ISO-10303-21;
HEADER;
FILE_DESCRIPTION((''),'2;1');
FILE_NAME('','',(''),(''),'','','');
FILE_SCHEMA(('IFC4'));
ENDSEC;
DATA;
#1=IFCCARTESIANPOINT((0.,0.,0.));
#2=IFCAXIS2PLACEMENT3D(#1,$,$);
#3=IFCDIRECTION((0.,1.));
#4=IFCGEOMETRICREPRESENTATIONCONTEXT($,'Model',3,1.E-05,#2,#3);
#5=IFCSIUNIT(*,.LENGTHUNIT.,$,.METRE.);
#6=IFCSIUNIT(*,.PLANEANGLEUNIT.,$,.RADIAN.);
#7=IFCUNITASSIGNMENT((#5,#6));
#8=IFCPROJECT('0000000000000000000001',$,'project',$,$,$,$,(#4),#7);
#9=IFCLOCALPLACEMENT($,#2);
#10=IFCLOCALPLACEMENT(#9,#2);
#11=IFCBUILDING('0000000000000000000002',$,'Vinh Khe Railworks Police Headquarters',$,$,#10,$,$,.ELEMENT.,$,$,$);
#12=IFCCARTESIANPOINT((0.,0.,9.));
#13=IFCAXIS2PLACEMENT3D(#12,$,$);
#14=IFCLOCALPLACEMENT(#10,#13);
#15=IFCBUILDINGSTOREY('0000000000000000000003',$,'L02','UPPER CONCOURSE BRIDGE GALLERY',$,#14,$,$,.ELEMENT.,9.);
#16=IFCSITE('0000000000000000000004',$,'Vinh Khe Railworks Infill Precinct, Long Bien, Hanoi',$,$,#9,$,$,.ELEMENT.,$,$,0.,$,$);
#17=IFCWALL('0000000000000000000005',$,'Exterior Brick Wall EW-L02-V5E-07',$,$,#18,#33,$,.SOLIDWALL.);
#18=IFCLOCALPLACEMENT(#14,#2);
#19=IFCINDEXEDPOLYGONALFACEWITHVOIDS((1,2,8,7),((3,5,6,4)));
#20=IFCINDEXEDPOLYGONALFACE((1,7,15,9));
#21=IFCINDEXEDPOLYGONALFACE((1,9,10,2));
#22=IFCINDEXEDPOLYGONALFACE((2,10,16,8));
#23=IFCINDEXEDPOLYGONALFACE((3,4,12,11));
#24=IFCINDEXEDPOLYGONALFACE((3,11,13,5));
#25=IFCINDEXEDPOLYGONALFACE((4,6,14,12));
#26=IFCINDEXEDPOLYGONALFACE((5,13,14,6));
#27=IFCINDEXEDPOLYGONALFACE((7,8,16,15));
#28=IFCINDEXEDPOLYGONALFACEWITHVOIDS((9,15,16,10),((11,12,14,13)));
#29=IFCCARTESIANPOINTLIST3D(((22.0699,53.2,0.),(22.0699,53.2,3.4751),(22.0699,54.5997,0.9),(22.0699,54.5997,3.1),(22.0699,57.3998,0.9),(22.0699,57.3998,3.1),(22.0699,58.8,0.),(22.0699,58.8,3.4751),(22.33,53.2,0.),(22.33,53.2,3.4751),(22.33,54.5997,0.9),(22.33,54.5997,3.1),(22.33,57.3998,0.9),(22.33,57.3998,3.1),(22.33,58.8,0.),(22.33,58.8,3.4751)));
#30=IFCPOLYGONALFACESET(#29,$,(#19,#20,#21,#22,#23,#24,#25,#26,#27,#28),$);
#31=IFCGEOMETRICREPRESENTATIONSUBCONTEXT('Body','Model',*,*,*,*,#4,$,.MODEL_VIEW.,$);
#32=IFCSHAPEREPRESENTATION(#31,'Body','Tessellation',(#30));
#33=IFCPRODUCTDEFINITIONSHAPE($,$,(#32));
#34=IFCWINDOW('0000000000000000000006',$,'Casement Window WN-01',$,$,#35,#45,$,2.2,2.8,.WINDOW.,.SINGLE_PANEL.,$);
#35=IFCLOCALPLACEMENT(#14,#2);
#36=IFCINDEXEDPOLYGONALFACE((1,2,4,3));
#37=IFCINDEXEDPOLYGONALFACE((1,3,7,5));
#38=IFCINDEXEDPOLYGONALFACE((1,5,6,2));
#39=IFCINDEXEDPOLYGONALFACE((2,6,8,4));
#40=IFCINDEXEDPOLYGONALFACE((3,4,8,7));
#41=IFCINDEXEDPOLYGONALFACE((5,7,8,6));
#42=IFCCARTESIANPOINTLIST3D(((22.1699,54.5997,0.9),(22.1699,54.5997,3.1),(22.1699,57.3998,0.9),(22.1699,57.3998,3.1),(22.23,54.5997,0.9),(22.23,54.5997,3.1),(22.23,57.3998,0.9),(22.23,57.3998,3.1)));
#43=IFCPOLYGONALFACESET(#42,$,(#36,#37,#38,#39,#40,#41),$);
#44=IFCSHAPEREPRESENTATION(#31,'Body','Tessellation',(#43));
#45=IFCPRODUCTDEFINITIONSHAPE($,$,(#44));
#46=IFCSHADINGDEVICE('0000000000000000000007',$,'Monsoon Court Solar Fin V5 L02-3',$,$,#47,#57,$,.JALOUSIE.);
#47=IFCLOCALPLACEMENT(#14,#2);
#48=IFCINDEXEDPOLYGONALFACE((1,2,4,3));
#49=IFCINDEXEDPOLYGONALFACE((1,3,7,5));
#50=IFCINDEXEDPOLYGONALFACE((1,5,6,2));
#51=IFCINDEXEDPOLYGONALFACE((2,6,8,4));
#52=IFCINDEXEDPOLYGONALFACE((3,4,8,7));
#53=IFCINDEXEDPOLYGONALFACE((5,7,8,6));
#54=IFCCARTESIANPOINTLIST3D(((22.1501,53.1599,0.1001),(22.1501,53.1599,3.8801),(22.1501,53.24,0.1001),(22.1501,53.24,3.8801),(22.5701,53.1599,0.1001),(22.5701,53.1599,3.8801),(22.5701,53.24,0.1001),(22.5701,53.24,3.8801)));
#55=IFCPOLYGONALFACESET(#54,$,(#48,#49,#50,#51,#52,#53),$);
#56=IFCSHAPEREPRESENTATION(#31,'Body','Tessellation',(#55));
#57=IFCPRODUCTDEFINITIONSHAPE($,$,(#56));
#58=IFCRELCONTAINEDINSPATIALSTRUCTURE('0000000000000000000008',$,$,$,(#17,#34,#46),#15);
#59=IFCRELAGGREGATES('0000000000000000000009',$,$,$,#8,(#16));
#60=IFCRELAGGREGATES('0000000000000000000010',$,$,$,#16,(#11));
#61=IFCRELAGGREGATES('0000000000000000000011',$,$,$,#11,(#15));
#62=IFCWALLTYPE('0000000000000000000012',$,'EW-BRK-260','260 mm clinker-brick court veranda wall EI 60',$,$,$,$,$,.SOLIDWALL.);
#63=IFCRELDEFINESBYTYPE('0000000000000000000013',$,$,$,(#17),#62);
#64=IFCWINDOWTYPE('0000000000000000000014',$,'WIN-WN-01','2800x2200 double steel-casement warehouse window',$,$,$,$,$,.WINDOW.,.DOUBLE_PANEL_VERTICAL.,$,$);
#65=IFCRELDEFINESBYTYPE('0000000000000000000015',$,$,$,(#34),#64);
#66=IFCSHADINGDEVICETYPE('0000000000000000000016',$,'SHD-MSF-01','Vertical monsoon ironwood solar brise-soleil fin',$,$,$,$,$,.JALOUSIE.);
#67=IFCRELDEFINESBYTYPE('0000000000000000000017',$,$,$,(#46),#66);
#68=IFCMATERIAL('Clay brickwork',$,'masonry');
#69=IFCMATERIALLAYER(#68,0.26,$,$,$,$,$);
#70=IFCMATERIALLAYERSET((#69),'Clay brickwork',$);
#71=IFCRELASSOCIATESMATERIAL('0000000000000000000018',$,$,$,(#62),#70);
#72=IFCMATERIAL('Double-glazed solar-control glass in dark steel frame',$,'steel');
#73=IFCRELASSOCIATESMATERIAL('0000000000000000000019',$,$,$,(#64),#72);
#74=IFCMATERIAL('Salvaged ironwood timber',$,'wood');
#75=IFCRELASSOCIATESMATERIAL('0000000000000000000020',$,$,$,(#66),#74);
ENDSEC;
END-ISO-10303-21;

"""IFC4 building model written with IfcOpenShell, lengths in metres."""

from ifc_helpers import new_model, si_unit, direction, frame, frame_2d, origin, origin_2d, place, context, subcontext, project, spatial, rectangle, extrude, material, layer, layer_set, type_object, element, fill, save


model = new_model("IFC4")

# Units and contexts
model_context = context("Model", 3, precision=1e-05, world=origin(), true_north=direction((0.0, 1.0)))
body_context = subcontext(model_context, "Body", "Model", "MODEL_VIEW")
ifc_project = project(units=[si_unit("LENGTHUNIT", "METRE"), si_unit("PLANEANGLEUNIT", "RADIAN")], contexts=[model_context])

# Site, building, storey
site_placement = place(None, origin())
site = spatial("IfcSite", under=ifc_project, at=site_placement, Name="Vinh Khe Railworks Infill Precinct, Long Bien, Hanoi", CompositionType="ELEMENT", RefElevation=0.0)
building_placement = place(site_placement, origin())
building = spatial("IfcBuilding", under=site, at=building_placement, Name="Vinh Khe Railworks Police Headquarters", CompositionType="ELEMENT")
storey_placement = place(building_placement, frame((0.0, 0.0, 9.0)))
storey = spatial("IfcBuildingStorey", under=building, at=storey_placement, Name="L02", Description="UPPER CONCOURSE BRIDGE GALLERY", CompositionType="ELEMENT", Elevation=9.0)

# Wall, opening, window
ifc_material_1 = material(Name="Clay brickwork", Category="masonry")
ifc_layer = layer(ifc_material_1, 0.26)
ifc_layer_set = layer_set([ifc_layer], Name="Clay brickwork")
wall_type = type_object("IfcWallType", Name="EW-BRK-260", Description="260 mm clinker-brick court veranda wall EI 60", PredefinedType="SOLIDWALL", material=ifc_layer_set)
ifc_material_2 = material(Name="Double-glazed solar-control glass in dark steel frame", Category="steel")
window_type = type_object("IfcWindowType", Name="WIN-WN-01", Description="2800x2200 double steel-casement warehouse window", PartitioningType="DOUBLE_PANEL_VERTICAL", PredefinedType="WINDOW", material=ifc_material_2)
wall_1_placement = place(storey_placement, frame((22.2, 53.2, 0.0), z_axis=(0.0, 0.0, 1.0), x_axis=(0.0, 1.0, 0.0)))
wall_1 = element("IfcWall", 1, at=wall_1_placement, inside=storey, type_object=wall_type, Name="Exterior Brick Wall EW-L02-V5E-07", PredefinedType="SOLIDWALL", context=body_context, shape_type="SweptSolid", body=[
    extrude(rectangle(XDim=5.6001, YDim=0.26, at=frame_2d((2.8, 0.0))), origin(), (0.0, 0.0, 1.0), 3.4751),
])
opening_1_placement = place(wall_1_placement, frame((1.3999, 0.0, 0.8999)))
opening_1 = element("IfcOpeningElement", 2, at=opening_1_placement, cuts=wall_1, PredefinedType="OPENING", context=body_context, shape_type="SweptSolid", body=[
    extrude(rectangle(XDim=2.8, YDim=2.2, at=frame_2d((1.3999, 1.1001))), frame((0.0, 0.145, 0.0), z_axis=(0.0, -1.0, 0.0), x_axis=(1.0, 0.0, 0.0)), (0.0, 0.0, 1.0), 0.2898),
])
window_1_placement = place(opening_1_placement, origin())
window_1 = element("IfcWindow", 3, at=window_1_placement, inside=storey, type_object=window_type, Name="Casement Window WN-01", OverallHeight=2.2, OverallWidth=2.8, PartitioningType="SINGLE_PANEL", PredefinedType="WINDOW", context=body_context, shape_type="SweptSolid", body=[
    extrude(rectangle(XDim=2.8, YDim=2.2, at=frame_2d((1.3999, 1.1001))), frame((0.0, 0.03, 0.0), z_axis=(0.0, -1.0, 0.0), x_axis=(1.0, 0.0, 0.0)), (0.0, 0.0, 1.0), 0.0601),
])
fill(opening_1, window_1)

# Shading device
ifc_material_3 = material(Name="Salvaged ironwood timber", Category="wood")
shading_device_type = type_object("IfcShadingDeviceType", Name="SHD-MSF-01", Description="Vertical monsoon ironwood solar brise-soleil fin", PredefinedType="JALOUSIE", material=ifc_material_3)
shading_device_placement = place(storey_placement, frame((22.3601, 53.2, 0.1001), z_axis=(0.0, 0.0, 1.0), x_axis=(1.0, 0.0, 0.0)))
element("IfcShadingDevice", 4, at=shading_device_placement, inside=storey, type_object=shading_device_type, Name="Monsoon Court Solar Fin V5 L02-3", PredefinedType="JALOUSIE", context=body_context, shape_type="SweptSolid", body=[
    extrude(rectangle(XDim=0.4199, YDim=0.0801, at=origin_2d()), origin(), (0.0, 0.0, 1.0), 3.78),
])

save(model, "model.ifc")
